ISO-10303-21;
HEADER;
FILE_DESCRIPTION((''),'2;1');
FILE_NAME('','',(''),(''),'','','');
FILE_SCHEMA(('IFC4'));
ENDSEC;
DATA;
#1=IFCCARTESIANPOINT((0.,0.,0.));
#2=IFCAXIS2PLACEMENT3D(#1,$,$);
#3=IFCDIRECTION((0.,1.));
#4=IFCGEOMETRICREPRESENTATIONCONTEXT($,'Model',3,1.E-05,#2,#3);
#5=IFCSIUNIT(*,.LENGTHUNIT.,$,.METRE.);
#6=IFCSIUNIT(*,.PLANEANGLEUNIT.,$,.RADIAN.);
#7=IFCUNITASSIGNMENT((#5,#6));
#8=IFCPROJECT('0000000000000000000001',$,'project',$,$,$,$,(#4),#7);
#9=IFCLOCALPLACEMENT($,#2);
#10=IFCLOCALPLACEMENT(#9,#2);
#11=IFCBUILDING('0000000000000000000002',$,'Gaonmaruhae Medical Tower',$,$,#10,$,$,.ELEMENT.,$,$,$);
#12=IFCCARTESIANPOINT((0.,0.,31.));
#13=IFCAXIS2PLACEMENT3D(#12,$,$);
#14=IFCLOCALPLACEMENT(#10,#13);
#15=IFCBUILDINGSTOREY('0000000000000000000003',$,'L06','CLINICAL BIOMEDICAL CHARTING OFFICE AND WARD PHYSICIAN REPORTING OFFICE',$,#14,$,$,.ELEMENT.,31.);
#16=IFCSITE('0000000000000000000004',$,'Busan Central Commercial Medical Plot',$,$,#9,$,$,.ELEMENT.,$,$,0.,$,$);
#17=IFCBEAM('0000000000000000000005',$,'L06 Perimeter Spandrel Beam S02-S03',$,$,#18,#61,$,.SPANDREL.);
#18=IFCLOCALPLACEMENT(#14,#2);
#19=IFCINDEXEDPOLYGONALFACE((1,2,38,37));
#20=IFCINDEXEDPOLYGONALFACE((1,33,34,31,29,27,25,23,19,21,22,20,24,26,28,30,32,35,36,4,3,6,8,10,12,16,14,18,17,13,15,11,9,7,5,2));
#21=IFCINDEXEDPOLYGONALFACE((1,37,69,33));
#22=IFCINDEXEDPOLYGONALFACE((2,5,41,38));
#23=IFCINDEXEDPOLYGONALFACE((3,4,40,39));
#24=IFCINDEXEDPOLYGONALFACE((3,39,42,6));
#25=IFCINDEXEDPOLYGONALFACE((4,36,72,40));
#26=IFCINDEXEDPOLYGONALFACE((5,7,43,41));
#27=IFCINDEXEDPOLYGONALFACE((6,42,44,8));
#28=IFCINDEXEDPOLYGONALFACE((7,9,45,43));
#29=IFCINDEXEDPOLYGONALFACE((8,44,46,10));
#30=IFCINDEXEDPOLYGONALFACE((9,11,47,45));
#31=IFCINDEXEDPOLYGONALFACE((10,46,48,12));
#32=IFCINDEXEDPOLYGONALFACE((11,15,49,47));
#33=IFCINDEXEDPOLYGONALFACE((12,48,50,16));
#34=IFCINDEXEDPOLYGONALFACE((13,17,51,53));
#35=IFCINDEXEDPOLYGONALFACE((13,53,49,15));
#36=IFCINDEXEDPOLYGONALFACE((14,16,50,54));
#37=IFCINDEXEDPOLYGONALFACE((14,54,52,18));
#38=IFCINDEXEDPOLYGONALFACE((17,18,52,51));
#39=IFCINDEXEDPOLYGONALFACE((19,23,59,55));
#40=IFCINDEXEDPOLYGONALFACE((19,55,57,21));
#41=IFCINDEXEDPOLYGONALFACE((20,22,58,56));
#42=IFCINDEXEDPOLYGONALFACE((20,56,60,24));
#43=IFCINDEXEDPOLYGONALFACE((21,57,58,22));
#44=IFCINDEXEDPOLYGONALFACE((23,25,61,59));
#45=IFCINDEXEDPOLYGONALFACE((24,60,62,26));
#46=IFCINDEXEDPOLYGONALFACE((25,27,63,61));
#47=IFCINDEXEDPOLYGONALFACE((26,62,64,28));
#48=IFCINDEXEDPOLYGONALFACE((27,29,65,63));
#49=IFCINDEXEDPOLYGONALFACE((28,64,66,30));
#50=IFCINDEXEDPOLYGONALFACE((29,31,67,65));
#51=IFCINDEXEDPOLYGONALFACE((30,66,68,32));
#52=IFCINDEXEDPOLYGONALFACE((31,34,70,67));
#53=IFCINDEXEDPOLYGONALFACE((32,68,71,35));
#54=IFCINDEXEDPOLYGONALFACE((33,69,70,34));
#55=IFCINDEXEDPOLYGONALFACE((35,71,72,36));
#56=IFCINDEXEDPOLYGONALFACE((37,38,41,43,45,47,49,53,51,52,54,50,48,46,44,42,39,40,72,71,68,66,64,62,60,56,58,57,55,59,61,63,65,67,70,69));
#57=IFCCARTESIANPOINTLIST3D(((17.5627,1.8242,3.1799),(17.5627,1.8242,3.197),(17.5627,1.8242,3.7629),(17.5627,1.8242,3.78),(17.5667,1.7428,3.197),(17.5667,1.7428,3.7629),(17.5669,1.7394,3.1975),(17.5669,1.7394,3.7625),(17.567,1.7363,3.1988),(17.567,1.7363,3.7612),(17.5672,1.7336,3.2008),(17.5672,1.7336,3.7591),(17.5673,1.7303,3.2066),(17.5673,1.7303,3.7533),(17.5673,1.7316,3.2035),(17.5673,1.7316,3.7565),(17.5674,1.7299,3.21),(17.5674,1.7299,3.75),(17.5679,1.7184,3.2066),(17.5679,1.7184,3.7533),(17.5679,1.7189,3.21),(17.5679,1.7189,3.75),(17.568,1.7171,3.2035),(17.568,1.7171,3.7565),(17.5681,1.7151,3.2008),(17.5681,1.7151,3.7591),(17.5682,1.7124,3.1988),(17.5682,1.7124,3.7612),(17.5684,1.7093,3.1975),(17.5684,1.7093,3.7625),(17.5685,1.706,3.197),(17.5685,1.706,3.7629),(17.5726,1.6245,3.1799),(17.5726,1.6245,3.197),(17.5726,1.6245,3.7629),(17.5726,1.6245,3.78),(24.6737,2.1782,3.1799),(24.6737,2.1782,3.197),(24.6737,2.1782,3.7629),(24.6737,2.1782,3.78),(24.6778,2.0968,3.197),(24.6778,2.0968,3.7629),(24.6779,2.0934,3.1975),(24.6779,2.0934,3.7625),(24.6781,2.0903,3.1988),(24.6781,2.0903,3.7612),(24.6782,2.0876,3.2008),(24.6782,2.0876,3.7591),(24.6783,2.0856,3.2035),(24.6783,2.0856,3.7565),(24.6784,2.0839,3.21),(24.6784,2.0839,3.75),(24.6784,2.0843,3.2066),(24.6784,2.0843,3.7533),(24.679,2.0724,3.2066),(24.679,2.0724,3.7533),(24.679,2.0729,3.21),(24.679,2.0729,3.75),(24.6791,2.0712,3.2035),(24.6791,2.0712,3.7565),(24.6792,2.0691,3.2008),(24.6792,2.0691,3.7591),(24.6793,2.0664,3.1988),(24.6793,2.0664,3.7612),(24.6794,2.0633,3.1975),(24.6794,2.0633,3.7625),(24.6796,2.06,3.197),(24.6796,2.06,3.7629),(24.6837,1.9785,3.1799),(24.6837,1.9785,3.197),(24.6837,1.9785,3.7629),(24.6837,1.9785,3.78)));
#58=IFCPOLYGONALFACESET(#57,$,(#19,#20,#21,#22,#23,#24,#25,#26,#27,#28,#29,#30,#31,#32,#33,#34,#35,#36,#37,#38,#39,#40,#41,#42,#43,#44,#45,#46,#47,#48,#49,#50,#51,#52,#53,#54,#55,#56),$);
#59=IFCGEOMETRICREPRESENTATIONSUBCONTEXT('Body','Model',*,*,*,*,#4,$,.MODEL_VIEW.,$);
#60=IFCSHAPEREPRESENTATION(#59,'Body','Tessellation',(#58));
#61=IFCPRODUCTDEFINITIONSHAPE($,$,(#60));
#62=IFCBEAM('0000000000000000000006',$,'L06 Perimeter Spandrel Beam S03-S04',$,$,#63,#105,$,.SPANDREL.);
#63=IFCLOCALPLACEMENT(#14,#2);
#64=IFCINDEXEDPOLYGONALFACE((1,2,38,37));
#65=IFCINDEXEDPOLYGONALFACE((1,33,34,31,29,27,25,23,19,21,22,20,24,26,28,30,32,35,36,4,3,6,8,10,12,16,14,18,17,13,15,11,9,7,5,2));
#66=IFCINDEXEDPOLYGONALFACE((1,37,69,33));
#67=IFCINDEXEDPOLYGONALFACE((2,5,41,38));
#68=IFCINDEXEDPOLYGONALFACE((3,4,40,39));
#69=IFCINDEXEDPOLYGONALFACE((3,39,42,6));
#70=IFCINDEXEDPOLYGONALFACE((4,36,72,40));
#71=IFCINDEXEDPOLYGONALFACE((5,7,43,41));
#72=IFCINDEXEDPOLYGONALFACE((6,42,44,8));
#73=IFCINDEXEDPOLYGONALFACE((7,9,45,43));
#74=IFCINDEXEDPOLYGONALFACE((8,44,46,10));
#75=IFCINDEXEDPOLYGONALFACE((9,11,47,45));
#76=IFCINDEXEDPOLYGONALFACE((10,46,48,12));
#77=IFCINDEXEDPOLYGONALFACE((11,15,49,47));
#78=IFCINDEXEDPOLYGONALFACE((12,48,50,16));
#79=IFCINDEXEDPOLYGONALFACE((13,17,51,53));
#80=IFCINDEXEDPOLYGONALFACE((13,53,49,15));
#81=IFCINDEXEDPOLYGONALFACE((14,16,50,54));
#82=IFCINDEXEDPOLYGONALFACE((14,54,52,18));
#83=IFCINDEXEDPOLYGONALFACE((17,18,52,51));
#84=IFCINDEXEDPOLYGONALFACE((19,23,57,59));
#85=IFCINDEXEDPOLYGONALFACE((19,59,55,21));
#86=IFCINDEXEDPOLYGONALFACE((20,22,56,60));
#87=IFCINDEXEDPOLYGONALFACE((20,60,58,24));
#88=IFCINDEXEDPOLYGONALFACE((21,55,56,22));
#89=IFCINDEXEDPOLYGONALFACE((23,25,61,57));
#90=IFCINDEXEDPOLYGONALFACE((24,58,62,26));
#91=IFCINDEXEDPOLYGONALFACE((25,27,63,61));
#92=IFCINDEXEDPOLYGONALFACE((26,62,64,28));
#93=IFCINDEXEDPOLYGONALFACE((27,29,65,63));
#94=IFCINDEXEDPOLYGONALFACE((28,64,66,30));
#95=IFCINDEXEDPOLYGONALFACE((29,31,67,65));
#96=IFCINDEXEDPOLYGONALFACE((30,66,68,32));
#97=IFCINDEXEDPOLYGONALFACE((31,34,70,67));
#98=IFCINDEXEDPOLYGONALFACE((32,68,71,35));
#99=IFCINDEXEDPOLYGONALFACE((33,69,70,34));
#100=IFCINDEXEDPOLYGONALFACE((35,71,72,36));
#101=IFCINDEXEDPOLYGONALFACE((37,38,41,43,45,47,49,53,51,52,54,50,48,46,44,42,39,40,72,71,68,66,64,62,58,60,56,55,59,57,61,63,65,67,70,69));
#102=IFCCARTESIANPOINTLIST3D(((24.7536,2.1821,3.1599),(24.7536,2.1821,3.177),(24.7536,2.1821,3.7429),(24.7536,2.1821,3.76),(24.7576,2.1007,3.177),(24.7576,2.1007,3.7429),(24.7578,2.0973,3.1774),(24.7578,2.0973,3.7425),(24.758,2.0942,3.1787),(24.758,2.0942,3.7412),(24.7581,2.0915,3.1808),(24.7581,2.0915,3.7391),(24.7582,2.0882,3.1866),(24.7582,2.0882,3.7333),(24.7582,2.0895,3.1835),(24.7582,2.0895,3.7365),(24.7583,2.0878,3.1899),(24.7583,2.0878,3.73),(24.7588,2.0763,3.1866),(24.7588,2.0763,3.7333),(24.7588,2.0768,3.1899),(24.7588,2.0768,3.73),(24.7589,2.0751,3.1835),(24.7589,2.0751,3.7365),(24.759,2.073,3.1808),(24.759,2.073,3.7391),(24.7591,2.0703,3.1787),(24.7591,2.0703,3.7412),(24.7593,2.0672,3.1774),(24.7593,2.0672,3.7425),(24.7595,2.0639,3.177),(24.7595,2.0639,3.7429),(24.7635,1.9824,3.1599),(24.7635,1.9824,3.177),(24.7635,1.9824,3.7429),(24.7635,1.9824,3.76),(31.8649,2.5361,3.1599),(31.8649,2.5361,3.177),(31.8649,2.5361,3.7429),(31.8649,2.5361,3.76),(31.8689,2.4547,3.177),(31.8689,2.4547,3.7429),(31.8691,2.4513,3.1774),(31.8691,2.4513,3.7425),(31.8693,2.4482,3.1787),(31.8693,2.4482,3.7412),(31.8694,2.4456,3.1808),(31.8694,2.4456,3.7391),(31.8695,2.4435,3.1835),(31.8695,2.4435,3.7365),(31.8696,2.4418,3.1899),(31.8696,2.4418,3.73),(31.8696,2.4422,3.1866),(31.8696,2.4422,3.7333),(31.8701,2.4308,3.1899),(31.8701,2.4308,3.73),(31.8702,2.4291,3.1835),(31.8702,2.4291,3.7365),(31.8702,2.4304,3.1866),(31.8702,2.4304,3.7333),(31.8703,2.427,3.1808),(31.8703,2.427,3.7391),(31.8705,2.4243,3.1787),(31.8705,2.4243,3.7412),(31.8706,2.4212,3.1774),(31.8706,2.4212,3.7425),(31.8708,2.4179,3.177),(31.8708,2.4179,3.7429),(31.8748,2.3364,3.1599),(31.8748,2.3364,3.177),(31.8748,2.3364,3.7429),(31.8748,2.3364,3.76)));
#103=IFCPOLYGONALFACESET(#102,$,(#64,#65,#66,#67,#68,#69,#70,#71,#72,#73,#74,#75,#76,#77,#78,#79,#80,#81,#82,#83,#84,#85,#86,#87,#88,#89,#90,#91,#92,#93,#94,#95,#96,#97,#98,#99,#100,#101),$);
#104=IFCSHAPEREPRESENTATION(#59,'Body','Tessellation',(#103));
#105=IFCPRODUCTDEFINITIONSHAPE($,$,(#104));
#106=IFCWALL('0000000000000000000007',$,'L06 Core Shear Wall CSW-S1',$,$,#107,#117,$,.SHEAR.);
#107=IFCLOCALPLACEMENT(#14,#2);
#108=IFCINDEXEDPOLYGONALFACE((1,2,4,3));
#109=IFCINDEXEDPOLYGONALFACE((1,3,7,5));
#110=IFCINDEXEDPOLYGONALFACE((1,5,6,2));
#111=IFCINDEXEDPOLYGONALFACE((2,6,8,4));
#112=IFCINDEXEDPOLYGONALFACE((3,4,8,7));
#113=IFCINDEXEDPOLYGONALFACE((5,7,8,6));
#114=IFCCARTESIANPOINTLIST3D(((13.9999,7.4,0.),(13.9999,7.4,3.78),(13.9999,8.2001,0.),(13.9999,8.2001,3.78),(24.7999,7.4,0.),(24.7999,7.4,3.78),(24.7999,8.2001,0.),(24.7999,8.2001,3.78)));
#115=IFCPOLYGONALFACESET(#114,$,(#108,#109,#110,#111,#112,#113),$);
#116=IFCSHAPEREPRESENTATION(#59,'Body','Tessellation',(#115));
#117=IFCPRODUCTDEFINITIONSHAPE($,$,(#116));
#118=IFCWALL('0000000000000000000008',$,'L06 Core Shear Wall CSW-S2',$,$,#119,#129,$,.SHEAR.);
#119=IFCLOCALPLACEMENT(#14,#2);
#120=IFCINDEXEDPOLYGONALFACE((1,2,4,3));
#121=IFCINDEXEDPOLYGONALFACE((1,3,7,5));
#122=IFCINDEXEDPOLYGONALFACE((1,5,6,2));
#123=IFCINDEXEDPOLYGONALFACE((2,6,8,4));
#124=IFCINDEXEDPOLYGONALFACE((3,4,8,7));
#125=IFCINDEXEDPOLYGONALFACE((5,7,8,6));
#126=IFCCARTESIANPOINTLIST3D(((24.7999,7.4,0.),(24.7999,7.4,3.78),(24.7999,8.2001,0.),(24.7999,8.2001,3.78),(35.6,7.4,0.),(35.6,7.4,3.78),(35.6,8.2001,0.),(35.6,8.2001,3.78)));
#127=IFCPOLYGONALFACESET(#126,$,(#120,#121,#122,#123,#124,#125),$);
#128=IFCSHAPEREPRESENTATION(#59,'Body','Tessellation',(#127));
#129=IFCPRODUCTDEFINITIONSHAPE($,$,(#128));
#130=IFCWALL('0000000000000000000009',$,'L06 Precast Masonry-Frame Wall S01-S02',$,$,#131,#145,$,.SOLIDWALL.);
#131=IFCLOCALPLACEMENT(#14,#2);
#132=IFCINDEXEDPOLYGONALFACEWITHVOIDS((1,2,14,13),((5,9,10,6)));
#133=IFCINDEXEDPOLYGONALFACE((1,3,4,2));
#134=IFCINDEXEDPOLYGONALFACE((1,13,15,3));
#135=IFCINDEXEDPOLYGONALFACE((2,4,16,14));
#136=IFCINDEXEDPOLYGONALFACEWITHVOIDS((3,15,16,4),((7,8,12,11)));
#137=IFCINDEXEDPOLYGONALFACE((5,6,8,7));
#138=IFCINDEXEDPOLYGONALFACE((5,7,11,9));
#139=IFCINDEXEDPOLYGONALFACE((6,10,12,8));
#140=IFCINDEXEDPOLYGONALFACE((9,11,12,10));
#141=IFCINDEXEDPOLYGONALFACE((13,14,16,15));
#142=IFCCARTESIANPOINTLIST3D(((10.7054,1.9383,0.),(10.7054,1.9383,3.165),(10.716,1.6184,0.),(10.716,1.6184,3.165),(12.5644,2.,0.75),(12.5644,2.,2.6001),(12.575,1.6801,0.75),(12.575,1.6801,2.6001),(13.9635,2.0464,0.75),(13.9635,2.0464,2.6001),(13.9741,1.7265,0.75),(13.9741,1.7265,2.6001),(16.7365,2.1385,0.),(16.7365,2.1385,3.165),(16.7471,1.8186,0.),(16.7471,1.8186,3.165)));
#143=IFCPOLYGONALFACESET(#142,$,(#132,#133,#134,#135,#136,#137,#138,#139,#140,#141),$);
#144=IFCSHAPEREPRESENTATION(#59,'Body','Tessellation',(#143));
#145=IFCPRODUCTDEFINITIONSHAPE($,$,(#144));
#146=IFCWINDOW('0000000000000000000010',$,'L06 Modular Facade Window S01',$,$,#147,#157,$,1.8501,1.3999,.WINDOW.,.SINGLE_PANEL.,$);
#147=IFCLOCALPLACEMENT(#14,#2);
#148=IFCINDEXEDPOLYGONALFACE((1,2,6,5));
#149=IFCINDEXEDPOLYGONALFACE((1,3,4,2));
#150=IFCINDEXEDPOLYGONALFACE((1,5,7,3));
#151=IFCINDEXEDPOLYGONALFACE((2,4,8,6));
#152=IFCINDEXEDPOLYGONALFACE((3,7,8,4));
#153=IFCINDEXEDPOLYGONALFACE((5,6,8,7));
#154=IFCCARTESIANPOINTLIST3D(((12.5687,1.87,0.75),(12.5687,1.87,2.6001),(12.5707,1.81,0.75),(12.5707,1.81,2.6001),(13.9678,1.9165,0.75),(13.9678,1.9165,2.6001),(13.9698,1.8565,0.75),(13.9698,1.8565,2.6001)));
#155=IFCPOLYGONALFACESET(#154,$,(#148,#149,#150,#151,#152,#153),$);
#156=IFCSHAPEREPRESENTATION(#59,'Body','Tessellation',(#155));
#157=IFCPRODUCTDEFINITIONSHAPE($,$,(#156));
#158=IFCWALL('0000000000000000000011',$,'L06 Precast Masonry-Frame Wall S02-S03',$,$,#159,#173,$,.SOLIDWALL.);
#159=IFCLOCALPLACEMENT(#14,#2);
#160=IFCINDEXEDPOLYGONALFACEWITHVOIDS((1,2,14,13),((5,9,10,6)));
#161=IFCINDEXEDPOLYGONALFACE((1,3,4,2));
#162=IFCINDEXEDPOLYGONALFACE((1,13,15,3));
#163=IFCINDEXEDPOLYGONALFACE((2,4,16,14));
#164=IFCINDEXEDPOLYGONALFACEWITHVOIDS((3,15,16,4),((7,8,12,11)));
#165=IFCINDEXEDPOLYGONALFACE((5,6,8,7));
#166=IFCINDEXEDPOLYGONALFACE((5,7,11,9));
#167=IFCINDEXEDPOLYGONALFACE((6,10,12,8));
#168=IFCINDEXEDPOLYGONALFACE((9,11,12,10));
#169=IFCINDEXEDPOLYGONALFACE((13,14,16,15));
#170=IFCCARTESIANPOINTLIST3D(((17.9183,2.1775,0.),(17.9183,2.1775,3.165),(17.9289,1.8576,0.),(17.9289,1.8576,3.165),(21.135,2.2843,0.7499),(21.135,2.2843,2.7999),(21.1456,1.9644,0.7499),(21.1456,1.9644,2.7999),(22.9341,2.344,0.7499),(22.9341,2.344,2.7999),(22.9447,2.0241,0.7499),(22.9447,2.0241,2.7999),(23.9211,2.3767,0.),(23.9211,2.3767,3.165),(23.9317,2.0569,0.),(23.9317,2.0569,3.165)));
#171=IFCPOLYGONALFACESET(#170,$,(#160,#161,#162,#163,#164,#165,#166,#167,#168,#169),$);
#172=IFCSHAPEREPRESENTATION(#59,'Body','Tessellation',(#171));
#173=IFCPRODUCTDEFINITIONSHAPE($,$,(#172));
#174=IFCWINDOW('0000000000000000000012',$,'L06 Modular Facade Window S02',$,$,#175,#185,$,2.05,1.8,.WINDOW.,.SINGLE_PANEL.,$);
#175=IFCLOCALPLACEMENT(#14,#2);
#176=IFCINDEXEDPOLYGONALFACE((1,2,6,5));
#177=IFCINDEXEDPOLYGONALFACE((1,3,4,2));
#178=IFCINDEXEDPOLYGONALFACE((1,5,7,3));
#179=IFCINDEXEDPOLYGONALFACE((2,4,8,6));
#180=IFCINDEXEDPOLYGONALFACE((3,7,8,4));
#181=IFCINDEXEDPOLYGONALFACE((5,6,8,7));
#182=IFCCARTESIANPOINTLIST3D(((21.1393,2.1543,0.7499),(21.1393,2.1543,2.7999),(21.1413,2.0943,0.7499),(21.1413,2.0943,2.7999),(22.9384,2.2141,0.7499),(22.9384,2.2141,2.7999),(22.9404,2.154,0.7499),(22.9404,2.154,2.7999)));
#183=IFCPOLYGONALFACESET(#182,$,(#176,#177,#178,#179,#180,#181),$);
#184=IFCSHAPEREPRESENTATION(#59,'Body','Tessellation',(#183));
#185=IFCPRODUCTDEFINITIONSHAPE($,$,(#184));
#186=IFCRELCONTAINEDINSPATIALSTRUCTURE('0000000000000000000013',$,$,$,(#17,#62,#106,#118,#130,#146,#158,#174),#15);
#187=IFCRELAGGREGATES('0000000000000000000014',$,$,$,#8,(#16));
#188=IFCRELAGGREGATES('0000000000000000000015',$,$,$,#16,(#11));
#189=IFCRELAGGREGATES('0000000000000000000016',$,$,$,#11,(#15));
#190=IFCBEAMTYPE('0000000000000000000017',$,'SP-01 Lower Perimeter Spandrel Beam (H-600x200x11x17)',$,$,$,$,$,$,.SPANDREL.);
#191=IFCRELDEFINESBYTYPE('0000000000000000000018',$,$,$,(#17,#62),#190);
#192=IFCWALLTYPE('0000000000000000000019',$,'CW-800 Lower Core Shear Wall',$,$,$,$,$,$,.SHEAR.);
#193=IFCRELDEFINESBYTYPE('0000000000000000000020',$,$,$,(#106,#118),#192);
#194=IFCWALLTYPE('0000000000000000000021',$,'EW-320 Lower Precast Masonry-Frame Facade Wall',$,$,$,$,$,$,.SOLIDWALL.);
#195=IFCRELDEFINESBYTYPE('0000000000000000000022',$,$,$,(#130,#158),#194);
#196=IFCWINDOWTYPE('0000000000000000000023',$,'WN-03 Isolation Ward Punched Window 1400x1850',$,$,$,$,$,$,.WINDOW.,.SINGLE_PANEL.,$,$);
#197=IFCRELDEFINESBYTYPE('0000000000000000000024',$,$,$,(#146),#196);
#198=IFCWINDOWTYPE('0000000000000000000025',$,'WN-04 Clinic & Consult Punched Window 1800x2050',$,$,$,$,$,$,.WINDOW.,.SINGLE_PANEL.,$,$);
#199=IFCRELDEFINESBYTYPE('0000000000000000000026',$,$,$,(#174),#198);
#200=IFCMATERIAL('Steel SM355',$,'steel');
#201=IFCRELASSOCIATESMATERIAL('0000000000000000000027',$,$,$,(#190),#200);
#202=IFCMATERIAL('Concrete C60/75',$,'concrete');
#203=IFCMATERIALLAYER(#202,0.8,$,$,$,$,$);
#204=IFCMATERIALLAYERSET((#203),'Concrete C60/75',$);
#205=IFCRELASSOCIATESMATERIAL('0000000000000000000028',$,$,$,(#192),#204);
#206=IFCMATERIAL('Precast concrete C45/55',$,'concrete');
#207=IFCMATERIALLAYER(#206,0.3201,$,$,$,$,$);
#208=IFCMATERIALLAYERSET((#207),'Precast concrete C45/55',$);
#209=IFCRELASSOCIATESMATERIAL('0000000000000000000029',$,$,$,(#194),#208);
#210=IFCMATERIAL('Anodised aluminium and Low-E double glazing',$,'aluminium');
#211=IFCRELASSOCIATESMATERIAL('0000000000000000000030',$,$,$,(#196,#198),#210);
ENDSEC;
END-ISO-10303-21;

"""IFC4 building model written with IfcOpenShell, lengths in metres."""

from ifc_helpers import new_model, si_unit, direction, frame, frame_2d, origin, origin_2d, place, context, subcontext, project, spatial, rectangle, i_section, extrude, material, layer, layer_set, material_profile, profile_set, type_object, element, fill, save


model = new_model("IFC4")

# Units and contexts
model_context = context("Model", 3, precision=1e-05, world=origin(), true_north=direction((0.0, 1.0)))
body_context = subcontext(model_context, "Body", "Model", "MODEL_VIEW")
ifc_project = project(units=[si_unit("LENGTHUNIT", "METRE"), si_unit("PLANEANGLEUNIT", "RADIAN")], contexts=[model_context])

# Site, building, storey
site_placement = place(None, origin())
site = spatial("IfcSite", under=ifc_project, at=site_placement, Name="Busan Central Commercial Medical Plot", CompositionType="ELEMENT", RefElevation=0.0)
building_placement = place(site_placement, origin())
building = spatial("IfcBuilding", under=site, at=building_placement, Name="Gaonmaruhae Medical Tower", CompositionType="ELEMENT")
storey_placement = place(building_placement, frame((0.0, 0.0, 31.0)))
storey = spatial("IfcBuildingStorey", under=building, at=storey_placement, Name="L06", Description="CLINICAL BIOMEDICAL CHARTING OFFICE AND WARD PHYSICIAN REPORTING OFFICE", CompositionType="ELEMENT", Elevation=31.0)

# Shared definitions
ifc_material_1 = material(Name="Concrete C60/75", Category="concrete")

# Beams
ifc_material_2 = material(Name="Steel SM355", Category="steel")
ifc_material_profile_1 = material_profile(ifc_material_2, i_section(OverallWidth=0.2, OverallDepth=0.6001, WebThickness=0.011, FlangeThickness=0.0171, FilletRadius=0.0129, at=origin_2d()), Name="H-600x200x11x17")
ifc_profile_set_1 = profile_set([ifc_material_profile_1], Name="Steel SM355")
beam_type_1 = type_object("IfcBeamType", Name="SP-01 Lower Perimeter Spandrel Beam (H-600x200x11x17)", PredefinedType="SPANDREL", material=ifc_profile_set_1)
beam_1_placement = place(storey_placement, frame((17.5676, 1.7244, 3.48), z_axis=(0.998763, 0.04972, 0.0), x_axis=(-0.04972, 0.998763, 0.0)))
element("IfcBeam", 1, at=beam_1_placement, inside=storey, type_object=beam_type_1, Name="L06 Perimeter Spandrel Beam S02-S03", PredefinedType="SPANDREL", context=body_context, shape_type="SweptSolid", body=[
    extrude(i_section(OverallWidth=0.2, OverallDepth=0.6001, WebThickness=0.011, FlangeThickness=0.0171, FilletRadius=0.0129, at=origin_2d()), origin(), (0.0, 0.0, 1.0), 7.1199),
])
beam_2_placement = place(storey_placement, frame((24.7585, 2.0823, 3.46), z_axis=(0.998763, 0.049719, 0.0), x_axis=(-0.049719, 0.998763, 0.0)))
element("IfcBeam", 2, at=beam_2_placement, inside=storey, type_object=beam_type_1, Name="L06 Perimeter Spandrel Beam S03-S04", PredefinedType="SPANDREL", context=body_context, shape_type="SweptSolid", body=[
    extrude(i_section(OverallWidth=0.2, OverallDepth=0.6001, WebThickness=0.011, FlangeThickness=0.0171, FilletRadius=0.0129, at=origin_2d()), origin(), (0.0, 0.0, 1.0), 7.1201),
])

# Walls
ifc_layer_1 = layer(ifc_material_1, 0.8)
ifc_layer_set_1 = layer_set([ifc_layer_1], Name="Concrete C60/75")
wall_type_1 = type_object("IfcWallType", Name="CW-800 Lower Core Shear Wall", PredefinedType="SHEAR", material=ifc_layer_set_1)
for number, where, z_axis, x_axis, name in (
    (3, (14.0, 7.8, 0.0), (0.0, 0.0, 1.0), (1.0, 0.0, 0.0), "L06 Core Shear Wall CSW-S1"),
    (4, (24.8, 7.8, 0.0), (0.0, 0.0, 1.0), (1.0, 0.0, 0.0), "L06 Core Shear Wall CSW-S2"),
):
    element("IfcWall", number, at=place(storey_placement, frame(where, z_axis=z_axis, x_axis=x_axis)), inside=storey, type_object=wall_type_1, Name=name, PredefinedType="SHEAR", context=body_context, shape_type="SweptSolid", body=[
        extrude(rectangle(XDim=10.8, YDim=0.8, at=frame_2d((5.3999, 0.0))), origin(), (0.0, 0.0, 1.0), 3.78),
    ])

# Walls, openings, windows
ifc_material_3 = material(Name="Precast concrete C45/55", Category="concrete")
ifc_layer_2 = layer(ifc_material_3, 0.3201)
ifc_layer_set_2 = layer_set([ifc_layer_2], Name="Precast concrete C45/55")
wall_type_2 = type_object("IfcWallType", Name="EW-320 Lower Precast Masonry-Frame Facade Wall", PredefinedType="SOLIDWALL", material=ifc_layer_set_2)
wall_1_placement = place(storey_placement, frame((16.7417, 1.9785, 0.0), z_axis=(0.0, 0.0, 1.0), x_axis=(-0.99945, -0.033176, 0.0)))
wall_1 = element("IfcWall", 5, at=wall_1_placement, inside=storey, type_object=wall_type_2, Name="L06 Precast Masonry-Frame Wall S01-S02", PredefinedType="SOLIDWALL", context=body_context, shape_type="SweptSolid", body=[
    extrude(rectangle(XDim=6.0344, YDim=0.3201, at=frame_2d((3.0171, 0.0))), origin(), (0.0, 0.0, 1.0), 3.165),
])
opening_1_placement = place(wall_1_placement, frame((2.7744, 0.0, 0.75)))
opening_1 = element("IfcOpeningElement", 6, at=opening_1_placement, cuts=wall_1, PredefinedType="OPENING", context=body_context, shape_type="SweptSolid", body=[
    extrude(rectangle(XDim=1.3999, YDim=1.8501, at=frame_2d((0.7, 0.925))), frame((0.0, 0.1699, 0.0), z_axis=(0.0, -1.0, 0.0), x_axis=(1.0, 0.0, 0.0)), (0.0, 0.0, 1.0), 0.3401),
])
ifc_material_4 = material(Name="Anodised aluminium and Low-E double glazing", Category="aluminium")
window_type_1 = type_object("IfcWindowType", Name="WN-03 Isolation Ward Punched Window 1400x1850", PartitioningType="SINGLE_PANEL", PredefinedType="WINDOW", material=ifc_material_4)
window_1_placement = place(opening_1_placement, origin())
window_1 = element("IfcWindow", 7, at=window_1_placement, inside=storey, type_object=window_type_1, Name="L06 Modular Facade Window S01", OverallHeight=1.8501, OverallWidth=1.3999, PartitioningType="SINGLE_PANEL", PredefinedType="WINDOW", context=body_context, shape_type="SweptSolid", body=[
    extrude(rectangle(XDim=1.3999, YDim=1.8501, at=frame_2d((0.7, 0.925))), frame((0.0, 0.03, 0.0), z_axis=(0.0, -1.0, 0.0), x_axis=(1.0, 0.0, 0.0)), (0.0, 0.0, 1.0), 0.0601),
])
fill(opening_1, window_1)
wall_2_placement = place(storey_placement, frame((23.9263, 2.2168, 0.0), z_axis=(0.0, 0.0, 1.0), x_axis=(-0.99945, -0.03317, 0.0)))
wall_2 = element("IfcWall", 8, at=wall_2_placement, inside=storey, type_object=wall_type_2, Name="L06 Precast Masonry-Frame Wall S02-S03", PredefinedType="SOLIDWALL", context=body_context, shape_type="SweptSolid", body=[
    extrude(rectangle(XDim=6.0061, YDim=0.3201, at=frame_2d((3.0029, 0.0))), origin(), (0.0, 0.0, 1.0), 3.165),
])
opening_2_placement = place(wall_2_placement, frame((0.9875, 0.0, 0.75)))
opening_2 = element("IfcOpeningElement", 9, at=opening_2_placement, cuts=wall_2, PredefinedType="OPENING", context=body_context, shape_type="SweptSolid", body=[
    extrude(rectangle(XDim=1.8, YDim=2.05, at=frame_2d((0.8999, 1.0249))), frame((0.0, 0.1699, 0.0), z_axis=(0.0, -1.0, 0.0), x_axis=(1.0, 0.0, 0.0)), (0.0, 0.0, 1.0), 0.3401),
])
window_type_2 = type_object("IfcWindowType", Name="WN-04 Clinic & Consult Punched Window 1800x2050", PartitioningType="SINGLE_PANEL", PredefinedType="WINDOW", material=ifc_material_4)
window_2_placement = place(opening_2_placement, origin())
window_2 = element("IfcWindow", 10, at=window_2_placement, inside=storey, type_object=window_type_2, Name="L06 Modular Facade Window S02", OverallHeight=2.05, OverallWidth=1.8, PartitioningType="SINGLE_PANEL", PredefinedType="WINDOW", context=body_context, shape_type="SweptSolid", body=[
    extrude(rectangle(XDim=1.8, YDim=2.05, at=frame_2d((0.8999, 1.0249))), frame((0.0, 0.03, 0.0), z_axis=(0.0, -1.0, 0.0), x_axis=(1.0, 0.0, 0.0)), (0.0, 0.0, 1.0), 0.0601),
])
fill(opening_2, window_2)

save(model, "model.ifc")
